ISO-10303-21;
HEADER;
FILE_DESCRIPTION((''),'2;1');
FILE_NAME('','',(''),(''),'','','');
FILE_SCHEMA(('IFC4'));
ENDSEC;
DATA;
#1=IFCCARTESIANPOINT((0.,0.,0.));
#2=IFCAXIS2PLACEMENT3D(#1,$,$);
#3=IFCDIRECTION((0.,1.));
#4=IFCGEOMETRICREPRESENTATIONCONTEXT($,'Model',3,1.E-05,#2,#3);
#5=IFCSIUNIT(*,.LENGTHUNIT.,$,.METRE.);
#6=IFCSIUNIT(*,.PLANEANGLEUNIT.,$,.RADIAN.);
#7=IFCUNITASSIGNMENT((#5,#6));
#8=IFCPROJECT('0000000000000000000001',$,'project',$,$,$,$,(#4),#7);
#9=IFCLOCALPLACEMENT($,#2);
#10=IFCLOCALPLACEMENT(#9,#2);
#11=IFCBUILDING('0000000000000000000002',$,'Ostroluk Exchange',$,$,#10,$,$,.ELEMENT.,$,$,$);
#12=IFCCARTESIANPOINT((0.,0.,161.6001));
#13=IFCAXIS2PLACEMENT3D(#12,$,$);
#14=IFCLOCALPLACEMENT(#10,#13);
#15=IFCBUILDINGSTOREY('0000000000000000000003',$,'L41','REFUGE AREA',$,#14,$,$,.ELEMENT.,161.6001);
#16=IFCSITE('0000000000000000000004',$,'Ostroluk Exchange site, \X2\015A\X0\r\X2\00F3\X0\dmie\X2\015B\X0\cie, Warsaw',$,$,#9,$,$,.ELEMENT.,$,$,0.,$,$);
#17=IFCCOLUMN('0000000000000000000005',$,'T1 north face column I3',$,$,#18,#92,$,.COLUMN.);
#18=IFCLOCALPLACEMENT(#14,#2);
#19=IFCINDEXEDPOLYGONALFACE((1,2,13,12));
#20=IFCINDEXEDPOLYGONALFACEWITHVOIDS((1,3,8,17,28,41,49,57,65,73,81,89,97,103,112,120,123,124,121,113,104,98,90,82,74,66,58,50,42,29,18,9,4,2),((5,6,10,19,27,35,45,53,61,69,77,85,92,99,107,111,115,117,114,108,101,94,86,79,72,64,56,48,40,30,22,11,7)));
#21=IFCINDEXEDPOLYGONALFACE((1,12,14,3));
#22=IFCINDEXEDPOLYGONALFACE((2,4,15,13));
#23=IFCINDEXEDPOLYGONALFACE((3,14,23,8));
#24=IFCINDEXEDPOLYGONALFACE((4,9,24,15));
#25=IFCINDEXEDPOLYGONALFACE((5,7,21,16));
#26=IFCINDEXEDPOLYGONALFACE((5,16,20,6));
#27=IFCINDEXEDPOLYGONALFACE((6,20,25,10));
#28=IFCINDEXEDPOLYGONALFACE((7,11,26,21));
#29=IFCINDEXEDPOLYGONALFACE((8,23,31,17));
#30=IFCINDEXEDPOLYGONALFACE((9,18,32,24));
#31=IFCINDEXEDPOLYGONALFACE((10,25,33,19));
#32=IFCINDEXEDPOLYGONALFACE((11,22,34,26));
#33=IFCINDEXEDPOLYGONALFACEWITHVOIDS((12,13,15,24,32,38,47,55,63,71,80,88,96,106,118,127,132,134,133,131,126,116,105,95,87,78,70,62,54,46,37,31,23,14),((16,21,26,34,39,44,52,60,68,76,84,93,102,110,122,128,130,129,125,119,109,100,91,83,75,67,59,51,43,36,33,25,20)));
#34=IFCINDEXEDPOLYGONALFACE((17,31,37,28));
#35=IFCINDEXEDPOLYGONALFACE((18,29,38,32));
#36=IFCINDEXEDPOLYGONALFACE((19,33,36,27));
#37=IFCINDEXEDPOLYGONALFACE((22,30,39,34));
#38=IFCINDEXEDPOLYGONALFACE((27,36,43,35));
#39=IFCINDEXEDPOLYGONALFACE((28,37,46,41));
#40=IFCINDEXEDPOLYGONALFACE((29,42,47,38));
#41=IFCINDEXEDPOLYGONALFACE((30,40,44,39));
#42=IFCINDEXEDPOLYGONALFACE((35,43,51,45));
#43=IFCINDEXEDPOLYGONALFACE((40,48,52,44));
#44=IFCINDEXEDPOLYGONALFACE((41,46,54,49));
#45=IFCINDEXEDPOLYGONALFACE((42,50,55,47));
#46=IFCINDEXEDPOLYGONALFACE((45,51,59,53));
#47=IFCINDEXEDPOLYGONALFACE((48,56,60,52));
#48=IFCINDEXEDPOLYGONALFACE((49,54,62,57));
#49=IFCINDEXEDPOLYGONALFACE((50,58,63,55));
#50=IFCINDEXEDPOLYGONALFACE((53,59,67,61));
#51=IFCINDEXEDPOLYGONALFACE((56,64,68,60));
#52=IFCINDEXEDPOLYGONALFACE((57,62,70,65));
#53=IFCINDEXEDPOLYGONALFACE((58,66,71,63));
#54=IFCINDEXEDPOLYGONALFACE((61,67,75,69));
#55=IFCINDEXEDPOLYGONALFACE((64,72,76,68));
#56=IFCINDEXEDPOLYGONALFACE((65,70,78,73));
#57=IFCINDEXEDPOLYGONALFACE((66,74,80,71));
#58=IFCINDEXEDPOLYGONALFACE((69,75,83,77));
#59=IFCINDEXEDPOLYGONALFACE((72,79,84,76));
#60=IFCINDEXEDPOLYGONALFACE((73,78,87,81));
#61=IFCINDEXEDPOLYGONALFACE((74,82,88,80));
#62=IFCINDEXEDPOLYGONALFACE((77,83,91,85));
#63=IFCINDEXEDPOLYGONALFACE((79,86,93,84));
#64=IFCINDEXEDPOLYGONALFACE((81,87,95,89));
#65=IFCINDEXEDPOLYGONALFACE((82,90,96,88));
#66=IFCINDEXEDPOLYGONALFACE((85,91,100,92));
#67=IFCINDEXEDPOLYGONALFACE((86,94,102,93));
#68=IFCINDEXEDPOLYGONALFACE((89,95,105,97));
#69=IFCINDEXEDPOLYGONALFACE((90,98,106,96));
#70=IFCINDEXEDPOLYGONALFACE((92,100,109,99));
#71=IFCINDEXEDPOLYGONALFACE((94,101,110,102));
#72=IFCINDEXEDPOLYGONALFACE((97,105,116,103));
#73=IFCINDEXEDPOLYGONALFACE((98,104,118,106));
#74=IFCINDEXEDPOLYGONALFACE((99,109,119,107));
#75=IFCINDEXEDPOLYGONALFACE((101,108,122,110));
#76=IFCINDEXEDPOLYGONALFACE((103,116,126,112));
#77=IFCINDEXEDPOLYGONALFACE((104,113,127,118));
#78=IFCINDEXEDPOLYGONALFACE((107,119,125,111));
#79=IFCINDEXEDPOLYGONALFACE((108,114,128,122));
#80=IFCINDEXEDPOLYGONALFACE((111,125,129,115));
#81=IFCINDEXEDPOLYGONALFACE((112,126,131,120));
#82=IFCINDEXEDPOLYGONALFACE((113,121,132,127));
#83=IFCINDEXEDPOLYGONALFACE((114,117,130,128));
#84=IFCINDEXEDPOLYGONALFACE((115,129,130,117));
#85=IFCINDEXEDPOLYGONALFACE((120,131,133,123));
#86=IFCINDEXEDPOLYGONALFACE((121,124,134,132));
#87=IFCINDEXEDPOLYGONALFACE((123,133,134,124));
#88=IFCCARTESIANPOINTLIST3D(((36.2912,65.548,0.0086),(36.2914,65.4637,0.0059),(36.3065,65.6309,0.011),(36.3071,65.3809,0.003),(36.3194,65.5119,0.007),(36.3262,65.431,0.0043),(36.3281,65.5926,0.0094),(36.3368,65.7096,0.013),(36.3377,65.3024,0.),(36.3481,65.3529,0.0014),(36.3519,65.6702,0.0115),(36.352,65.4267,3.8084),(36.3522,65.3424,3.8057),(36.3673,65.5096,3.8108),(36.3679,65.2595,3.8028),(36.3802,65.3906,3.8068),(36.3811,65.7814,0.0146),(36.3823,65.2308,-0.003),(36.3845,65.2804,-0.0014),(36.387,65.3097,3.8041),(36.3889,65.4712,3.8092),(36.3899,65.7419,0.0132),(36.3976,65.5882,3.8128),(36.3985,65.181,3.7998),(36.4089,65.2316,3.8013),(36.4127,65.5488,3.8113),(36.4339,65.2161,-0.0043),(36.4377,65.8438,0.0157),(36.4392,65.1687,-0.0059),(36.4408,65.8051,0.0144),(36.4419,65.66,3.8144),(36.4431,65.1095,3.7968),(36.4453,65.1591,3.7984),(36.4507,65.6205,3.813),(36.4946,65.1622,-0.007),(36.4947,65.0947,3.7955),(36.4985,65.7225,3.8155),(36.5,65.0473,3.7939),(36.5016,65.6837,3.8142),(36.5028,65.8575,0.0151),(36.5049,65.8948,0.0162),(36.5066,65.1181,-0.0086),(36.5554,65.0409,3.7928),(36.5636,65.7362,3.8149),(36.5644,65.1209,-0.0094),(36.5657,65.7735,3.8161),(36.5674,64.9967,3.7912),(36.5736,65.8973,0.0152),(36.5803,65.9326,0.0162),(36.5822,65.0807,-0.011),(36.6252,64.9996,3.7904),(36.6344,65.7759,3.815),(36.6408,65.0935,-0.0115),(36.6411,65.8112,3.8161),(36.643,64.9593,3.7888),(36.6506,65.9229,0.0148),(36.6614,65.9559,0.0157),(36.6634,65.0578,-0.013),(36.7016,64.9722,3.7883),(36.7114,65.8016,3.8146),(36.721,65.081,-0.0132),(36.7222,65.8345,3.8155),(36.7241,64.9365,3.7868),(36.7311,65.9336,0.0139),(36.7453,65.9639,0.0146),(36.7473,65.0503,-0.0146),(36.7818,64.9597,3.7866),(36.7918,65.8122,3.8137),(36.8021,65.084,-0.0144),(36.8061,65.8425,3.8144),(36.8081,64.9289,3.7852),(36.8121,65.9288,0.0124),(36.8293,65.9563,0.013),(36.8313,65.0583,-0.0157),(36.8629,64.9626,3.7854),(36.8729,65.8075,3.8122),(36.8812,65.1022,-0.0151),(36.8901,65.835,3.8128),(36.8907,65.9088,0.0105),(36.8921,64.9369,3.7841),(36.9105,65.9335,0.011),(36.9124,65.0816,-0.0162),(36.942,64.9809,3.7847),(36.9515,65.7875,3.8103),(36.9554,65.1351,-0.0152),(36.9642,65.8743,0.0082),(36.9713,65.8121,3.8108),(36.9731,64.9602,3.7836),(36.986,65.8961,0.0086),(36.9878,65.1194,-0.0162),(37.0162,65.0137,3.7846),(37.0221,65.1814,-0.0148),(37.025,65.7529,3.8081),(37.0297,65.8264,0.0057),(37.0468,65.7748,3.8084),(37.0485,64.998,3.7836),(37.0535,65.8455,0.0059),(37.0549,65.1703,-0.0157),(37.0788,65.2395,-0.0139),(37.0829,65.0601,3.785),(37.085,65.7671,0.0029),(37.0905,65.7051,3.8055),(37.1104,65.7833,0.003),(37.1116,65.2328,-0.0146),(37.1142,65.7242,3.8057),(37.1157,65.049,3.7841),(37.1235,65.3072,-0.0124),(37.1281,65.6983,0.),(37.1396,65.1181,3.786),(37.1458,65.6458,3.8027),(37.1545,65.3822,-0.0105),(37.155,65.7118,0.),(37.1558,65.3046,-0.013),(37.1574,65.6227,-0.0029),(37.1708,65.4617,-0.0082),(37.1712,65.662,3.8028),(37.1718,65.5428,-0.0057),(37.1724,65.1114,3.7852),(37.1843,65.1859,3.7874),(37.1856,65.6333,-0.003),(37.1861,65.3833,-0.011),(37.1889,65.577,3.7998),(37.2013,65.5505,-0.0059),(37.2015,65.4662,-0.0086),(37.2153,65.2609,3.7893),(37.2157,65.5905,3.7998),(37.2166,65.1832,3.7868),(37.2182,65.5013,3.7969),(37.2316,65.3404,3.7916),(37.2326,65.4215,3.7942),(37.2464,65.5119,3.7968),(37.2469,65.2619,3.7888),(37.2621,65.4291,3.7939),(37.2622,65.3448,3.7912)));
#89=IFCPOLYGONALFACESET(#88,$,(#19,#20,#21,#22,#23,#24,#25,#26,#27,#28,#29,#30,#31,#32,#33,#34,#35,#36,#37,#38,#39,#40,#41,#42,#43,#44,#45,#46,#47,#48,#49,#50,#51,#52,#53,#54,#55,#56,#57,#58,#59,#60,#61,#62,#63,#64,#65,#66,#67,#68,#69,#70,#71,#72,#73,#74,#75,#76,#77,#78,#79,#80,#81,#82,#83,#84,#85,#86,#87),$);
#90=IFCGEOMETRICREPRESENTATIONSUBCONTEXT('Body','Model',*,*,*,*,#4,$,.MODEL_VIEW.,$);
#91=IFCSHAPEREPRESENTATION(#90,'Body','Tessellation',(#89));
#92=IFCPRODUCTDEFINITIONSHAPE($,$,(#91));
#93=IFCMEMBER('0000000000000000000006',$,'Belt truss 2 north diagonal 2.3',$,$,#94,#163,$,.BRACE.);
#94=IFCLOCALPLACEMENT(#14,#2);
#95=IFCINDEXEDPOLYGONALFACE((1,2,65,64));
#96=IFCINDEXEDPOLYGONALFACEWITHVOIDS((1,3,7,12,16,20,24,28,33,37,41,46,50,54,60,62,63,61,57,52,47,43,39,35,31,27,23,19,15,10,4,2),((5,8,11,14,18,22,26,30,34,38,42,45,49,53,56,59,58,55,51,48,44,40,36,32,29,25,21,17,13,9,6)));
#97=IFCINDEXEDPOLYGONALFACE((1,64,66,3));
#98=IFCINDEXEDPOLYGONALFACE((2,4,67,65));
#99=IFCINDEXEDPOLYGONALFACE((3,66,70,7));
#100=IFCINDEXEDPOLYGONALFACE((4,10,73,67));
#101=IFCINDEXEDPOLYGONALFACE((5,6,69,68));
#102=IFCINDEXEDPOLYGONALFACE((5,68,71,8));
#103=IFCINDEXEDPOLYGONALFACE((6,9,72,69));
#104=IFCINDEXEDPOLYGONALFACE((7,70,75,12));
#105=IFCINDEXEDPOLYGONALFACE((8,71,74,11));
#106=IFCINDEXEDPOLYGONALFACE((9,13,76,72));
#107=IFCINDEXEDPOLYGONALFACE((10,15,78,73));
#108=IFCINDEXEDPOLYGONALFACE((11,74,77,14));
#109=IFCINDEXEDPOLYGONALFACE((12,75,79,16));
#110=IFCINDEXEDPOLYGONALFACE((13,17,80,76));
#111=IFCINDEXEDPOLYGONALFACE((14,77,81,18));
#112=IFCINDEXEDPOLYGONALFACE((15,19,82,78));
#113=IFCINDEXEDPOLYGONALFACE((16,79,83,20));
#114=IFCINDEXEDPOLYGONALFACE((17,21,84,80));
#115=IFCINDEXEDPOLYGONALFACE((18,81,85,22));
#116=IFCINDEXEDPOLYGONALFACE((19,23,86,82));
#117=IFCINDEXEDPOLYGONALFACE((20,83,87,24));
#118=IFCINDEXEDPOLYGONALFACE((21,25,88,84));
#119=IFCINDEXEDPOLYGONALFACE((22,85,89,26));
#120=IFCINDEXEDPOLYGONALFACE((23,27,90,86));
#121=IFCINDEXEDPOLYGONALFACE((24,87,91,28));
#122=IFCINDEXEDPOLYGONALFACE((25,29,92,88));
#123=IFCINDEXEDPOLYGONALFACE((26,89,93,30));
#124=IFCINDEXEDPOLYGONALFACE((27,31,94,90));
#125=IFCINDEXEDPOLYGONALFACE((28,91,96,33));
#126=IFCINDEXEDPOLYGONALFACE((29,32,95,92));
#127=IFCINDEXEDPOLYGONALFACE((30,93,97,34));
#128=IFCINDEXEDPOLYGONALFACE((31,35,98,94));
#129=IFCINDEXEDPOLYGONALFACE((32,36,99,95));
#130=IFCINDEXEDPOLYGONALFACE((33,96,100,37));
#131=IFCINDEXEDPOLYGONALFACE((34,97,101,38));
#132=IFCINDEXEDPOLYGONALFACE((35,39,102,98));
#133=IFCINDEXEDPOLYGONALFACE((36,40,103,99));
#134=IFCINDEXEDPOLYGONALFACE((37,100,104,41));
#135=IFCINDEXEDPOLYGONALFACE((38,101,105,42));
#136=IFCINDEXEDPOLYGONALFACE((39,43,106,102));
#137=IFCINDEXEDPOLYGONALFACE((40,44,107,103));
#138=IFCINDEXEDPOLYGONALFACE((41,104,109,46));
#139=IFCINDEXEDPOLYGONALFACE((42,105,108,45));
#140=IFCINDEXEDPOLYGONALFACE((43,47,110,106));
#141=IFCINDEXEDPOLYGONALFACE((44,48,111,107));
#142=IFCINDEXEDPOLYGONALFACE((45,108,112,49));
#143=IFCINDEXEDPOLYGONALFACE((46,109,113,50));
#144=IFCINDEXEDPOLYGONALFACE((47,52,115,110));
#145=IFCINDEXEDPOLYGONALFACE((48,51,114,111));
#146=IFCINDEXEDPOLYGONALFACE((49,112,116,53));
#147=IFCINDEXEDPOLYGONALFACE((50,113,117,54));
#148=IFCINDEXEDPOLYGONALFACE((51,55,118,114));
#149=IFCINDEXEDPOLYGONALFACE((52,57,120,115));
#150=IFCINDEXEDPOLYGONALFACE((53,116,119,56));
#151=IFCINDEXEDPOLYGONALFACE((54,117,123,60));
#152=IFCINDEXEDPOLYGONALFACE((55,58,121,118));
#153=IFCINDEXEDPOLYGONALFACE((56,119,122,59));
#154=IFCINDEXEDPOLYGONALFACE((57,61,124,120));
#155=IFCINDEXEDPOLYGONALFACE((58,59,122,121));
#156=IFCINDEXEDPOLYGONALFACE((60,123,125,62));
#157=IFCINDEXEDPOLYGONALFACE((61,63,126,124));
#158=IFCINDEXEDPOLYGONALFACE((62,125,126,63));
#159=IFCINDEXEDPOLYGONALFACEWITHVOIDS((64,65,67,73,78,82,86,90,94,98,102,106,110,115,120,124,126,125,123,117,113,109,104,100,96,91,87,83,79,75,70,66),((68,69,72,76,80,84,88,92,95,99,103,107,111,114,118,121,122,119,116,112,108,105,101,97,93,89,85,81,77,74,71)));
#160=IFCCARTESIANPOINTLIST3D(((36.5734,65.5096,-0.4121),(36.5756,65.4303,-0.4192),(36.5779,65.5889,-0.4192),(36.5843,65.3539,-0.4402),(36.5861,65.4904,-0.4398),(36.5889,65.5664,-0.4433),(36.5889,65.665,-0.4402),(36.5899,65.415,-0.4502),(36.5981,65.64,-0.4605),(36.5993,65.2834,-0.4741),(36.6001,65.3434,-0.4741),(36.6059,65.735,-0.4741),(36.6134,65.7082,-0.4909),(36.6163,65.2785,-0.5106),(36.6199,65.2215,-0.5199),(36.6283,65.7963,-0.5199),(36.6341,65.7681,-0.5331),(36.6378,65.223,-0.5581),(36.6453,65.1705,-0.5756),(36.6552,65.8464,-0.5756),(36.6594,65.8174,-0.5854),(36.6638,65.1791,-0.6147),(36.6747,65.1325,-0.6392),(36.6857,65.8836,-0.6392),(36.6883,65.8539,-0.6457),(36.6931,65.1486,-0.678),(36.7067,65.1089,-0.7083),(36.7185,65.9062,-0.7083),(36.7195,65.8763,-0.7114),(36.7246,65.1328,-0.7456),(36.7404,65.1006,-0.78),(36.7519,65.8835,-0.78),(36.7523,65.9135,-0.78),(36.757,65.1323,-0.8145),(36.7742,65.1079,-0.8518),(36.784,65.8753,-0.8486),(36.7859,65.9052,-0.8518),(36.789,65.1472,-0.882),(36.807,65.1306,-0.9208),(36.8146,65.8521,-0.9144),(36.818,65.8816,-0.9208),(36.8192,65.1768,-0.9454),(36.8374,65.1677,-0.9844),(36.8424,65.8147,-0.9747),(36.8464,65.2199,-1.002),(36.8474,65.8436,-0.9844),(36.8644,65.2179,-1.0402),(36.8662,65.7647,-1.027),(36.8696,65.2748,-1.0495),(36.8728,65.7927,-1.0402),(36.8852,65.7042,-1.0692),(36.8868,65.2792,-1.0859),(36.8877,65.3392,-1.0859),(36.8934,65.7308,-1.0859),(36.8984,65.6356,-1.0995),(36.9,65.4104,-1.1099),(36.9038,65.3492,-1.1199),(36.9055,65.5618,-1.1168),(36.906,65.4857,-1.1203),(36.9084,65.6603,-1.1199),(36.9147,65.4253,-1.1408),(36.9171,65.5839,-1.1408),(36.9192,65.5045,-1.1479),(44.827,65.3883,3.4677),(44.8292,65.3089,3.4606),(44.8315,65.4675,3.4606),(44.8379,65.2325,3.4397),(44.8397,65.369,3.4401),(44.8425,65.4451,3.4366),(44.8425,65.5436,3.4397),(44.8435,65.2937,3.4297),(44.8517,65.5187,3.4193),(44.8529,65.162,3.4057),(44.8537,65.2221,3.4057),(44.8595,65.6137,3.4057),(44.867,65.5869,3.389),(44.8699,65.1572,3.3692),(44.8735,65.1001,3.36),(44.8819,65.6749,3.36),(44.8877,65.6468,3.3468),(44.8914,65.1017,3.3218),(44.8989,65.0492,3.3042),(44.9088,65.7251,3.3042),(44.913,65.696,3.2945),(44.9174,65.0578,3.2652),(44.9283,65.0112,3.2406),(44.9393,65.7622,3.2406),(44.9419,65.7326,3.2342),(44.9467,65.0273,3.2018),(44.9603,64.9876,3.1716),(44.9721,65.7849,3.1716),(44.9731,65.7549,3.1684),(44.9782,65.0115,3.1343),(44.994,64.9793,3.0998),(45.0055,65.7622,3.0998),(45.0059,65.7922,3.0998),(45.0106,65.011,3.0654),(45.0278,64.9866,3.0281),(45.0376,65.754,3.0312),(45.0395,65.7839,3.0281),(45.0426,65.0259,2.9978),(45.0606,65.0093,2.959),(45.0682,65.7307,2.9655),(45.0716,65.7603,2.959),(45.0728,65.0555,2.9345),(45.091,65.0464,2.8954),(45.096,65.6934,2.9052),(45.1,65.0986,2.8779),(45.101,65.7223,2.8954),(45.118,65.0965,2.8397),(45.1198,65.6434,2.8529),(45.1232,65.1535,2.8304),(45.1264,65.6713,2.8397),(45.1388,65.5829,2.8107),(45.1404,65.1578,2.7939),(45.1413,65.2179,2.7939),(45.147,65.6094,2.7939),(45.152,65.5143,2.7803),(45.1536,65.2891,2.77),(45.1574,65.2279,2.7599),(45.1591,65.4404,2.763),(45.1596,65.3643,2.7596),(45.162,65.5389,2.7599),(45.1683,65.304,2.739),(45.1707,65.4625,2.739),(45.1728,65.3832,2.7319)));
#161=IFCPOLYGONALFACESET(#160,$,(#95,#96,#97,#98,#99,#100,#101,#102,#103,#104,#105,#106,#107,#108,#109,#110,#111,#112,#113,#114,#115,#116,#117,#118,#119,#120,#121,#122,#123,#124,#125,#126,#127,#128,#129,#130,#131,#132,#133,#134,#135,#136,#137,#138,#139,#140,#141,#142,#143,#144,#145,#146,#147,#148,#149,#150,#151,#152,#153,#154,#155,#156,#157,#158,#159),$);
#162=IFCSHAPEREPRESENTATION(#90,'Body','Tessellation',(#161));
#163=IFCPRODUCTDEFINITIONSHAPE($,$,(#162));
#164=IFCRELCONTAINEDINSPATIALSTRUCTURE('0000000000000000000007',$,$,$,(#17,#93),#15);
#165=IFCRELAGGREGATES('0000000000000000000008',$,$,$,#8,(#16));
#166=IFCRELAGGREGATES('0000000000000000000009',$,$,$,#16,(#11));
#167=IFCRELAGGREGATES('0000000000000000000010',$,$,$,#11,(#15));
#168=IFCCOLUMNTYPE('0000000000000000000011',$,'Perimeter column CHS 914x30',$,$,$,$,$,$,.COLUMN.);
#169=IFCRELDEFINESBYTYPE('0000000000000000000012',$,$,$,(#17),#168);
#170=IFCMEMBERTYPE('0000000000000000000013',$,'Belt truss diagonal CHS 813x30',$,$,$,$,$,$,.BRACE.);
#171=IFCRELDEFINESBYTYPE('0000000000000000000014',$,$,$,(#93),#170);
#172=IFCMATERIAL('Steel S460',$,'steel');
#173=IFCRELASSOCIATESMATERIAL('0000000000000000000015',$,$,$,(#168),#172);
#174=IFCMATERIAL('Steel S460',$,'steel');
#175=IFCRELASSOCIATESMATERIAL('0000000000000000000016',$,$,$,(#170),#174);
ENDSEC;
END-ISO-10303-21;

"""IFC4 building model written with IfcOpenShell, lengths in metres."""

from ifc_helpers import new_model, si_unit, direction, frame, origin, origin_2d, place, context, subcontext, project, spatial, hollow_circle, extrude, material, material_profile, profile_set, type_object, element, save


model = new_model("IFC4")

# Units and contexts
model_context = context("Model", 3, precision=1e-05, world=origin(), true_north=direction((0.0, 1.0)))
body_context = subcontext(model_context, "Body", "Model", "MODEL_VIEW")
ifc_project = project(units=[si_unit("LENGTHUNIT", "METRE"), si_unit("PLANEANGLEUNIT", "RADIAN")], contexts=[model_context])

# Site, building, storey
site_placement = place(None, origin())
site = spatial("IfcSite", under=ifc_project, at=site_placement, Name="Ostroluk Exchange site, Śródmieście, Warsaw", CompositionType="ELEMENT", RefElevation=0.0)
building_placement = place(site_placement, origin())
building = spatial("IfcBuilding", under=site, at=building_placement, Name="Ostroluk Exchange", CompositionType="ELEMENT")
storey_placement = place(building_placement, frame((0.0, 0.0, 161.6001)))
storey = spatial("IfcBuildingStorey", under=building, at=storey_placement, Name="L41", Description="REFUGE AREA", CompositionType="ELEMENT", Elevation=161.6001)

# Column
ifc_material_1 = material(Name="Steel S460", Category="steel")
ifc_material_profile_1 = material_profile(ifc_material_1, hollow_circle(Radius=0.457, WallThickness=0.03, at=origin_2d()), Name="CHS 914x30")
ifc_profile_set_1 = profile_set([ifc_material_profile_1], Name="Steel S460")
column_type = type_object("IfcColumnType", Name="Perimeter column CHS 914x30", PredefinedType="COLUMN", material=ifc_profile_set_1)
column_placement = place(storey_placement, frame((36.7463, 65.5071, 0.0), z_axis=(0.015988, -0.031912, 0.999363), x_axis=(0.894067, 0.447933, 0.0)))
element("IfcColumn", 1, at=column_placement, inside=storey, type_object=column_type, Name="T1 north face column I3", PredefinedType="COLUMN", context=body_context, shape_type="SweptSolid", body=[
    extrude(hollow_circle(Radius=0.457, WallThickness=0.03, at=origin_2d()), origin(), (0.0, 0.0, 1.0), 3.8022),
])

# Member
ifc_material_2 = material(Name="Steel S460", Category="steel")
ifc_material_profile_2 = material_profile(ifc_material_2, hollow_circle(Radius=0.4065, WallThickness=0.03, at=origin_2d()), Name="CHS 813x30")
ifc_profile_set_2 = profile_set([ifc_material_profile_2], Name="Steel S460")
member_type_1 = type_object("IfcMemberType", Name="Belt truss diagonal CHS 813x30", PredefinedType="BRACE", material=ifc_profile_set_2)
member_1_placement = place(storey_placement, frame((36.7463, 65.5071, -0.78), z_axis=(0.904916, -0.013303, 0.425383), x_axis=(0.0147, 0.999892, 0.0)))
element("IfcMember", 2, at=member_1_placement, inside=storey, type_object=member_type_1, Name="Belt truss 2 north diagonal 2.3", PredefinedType="BRACE", context=body_context, shape_type="SweptSolid", body=[
    extrude(hollow_circle(Radius=0.4065, WallThickness=0.03, at=origin_2d()), origin(), (0.0, 0.0, 1.0), 9.1208),
])

save(model, "model.ifc")
